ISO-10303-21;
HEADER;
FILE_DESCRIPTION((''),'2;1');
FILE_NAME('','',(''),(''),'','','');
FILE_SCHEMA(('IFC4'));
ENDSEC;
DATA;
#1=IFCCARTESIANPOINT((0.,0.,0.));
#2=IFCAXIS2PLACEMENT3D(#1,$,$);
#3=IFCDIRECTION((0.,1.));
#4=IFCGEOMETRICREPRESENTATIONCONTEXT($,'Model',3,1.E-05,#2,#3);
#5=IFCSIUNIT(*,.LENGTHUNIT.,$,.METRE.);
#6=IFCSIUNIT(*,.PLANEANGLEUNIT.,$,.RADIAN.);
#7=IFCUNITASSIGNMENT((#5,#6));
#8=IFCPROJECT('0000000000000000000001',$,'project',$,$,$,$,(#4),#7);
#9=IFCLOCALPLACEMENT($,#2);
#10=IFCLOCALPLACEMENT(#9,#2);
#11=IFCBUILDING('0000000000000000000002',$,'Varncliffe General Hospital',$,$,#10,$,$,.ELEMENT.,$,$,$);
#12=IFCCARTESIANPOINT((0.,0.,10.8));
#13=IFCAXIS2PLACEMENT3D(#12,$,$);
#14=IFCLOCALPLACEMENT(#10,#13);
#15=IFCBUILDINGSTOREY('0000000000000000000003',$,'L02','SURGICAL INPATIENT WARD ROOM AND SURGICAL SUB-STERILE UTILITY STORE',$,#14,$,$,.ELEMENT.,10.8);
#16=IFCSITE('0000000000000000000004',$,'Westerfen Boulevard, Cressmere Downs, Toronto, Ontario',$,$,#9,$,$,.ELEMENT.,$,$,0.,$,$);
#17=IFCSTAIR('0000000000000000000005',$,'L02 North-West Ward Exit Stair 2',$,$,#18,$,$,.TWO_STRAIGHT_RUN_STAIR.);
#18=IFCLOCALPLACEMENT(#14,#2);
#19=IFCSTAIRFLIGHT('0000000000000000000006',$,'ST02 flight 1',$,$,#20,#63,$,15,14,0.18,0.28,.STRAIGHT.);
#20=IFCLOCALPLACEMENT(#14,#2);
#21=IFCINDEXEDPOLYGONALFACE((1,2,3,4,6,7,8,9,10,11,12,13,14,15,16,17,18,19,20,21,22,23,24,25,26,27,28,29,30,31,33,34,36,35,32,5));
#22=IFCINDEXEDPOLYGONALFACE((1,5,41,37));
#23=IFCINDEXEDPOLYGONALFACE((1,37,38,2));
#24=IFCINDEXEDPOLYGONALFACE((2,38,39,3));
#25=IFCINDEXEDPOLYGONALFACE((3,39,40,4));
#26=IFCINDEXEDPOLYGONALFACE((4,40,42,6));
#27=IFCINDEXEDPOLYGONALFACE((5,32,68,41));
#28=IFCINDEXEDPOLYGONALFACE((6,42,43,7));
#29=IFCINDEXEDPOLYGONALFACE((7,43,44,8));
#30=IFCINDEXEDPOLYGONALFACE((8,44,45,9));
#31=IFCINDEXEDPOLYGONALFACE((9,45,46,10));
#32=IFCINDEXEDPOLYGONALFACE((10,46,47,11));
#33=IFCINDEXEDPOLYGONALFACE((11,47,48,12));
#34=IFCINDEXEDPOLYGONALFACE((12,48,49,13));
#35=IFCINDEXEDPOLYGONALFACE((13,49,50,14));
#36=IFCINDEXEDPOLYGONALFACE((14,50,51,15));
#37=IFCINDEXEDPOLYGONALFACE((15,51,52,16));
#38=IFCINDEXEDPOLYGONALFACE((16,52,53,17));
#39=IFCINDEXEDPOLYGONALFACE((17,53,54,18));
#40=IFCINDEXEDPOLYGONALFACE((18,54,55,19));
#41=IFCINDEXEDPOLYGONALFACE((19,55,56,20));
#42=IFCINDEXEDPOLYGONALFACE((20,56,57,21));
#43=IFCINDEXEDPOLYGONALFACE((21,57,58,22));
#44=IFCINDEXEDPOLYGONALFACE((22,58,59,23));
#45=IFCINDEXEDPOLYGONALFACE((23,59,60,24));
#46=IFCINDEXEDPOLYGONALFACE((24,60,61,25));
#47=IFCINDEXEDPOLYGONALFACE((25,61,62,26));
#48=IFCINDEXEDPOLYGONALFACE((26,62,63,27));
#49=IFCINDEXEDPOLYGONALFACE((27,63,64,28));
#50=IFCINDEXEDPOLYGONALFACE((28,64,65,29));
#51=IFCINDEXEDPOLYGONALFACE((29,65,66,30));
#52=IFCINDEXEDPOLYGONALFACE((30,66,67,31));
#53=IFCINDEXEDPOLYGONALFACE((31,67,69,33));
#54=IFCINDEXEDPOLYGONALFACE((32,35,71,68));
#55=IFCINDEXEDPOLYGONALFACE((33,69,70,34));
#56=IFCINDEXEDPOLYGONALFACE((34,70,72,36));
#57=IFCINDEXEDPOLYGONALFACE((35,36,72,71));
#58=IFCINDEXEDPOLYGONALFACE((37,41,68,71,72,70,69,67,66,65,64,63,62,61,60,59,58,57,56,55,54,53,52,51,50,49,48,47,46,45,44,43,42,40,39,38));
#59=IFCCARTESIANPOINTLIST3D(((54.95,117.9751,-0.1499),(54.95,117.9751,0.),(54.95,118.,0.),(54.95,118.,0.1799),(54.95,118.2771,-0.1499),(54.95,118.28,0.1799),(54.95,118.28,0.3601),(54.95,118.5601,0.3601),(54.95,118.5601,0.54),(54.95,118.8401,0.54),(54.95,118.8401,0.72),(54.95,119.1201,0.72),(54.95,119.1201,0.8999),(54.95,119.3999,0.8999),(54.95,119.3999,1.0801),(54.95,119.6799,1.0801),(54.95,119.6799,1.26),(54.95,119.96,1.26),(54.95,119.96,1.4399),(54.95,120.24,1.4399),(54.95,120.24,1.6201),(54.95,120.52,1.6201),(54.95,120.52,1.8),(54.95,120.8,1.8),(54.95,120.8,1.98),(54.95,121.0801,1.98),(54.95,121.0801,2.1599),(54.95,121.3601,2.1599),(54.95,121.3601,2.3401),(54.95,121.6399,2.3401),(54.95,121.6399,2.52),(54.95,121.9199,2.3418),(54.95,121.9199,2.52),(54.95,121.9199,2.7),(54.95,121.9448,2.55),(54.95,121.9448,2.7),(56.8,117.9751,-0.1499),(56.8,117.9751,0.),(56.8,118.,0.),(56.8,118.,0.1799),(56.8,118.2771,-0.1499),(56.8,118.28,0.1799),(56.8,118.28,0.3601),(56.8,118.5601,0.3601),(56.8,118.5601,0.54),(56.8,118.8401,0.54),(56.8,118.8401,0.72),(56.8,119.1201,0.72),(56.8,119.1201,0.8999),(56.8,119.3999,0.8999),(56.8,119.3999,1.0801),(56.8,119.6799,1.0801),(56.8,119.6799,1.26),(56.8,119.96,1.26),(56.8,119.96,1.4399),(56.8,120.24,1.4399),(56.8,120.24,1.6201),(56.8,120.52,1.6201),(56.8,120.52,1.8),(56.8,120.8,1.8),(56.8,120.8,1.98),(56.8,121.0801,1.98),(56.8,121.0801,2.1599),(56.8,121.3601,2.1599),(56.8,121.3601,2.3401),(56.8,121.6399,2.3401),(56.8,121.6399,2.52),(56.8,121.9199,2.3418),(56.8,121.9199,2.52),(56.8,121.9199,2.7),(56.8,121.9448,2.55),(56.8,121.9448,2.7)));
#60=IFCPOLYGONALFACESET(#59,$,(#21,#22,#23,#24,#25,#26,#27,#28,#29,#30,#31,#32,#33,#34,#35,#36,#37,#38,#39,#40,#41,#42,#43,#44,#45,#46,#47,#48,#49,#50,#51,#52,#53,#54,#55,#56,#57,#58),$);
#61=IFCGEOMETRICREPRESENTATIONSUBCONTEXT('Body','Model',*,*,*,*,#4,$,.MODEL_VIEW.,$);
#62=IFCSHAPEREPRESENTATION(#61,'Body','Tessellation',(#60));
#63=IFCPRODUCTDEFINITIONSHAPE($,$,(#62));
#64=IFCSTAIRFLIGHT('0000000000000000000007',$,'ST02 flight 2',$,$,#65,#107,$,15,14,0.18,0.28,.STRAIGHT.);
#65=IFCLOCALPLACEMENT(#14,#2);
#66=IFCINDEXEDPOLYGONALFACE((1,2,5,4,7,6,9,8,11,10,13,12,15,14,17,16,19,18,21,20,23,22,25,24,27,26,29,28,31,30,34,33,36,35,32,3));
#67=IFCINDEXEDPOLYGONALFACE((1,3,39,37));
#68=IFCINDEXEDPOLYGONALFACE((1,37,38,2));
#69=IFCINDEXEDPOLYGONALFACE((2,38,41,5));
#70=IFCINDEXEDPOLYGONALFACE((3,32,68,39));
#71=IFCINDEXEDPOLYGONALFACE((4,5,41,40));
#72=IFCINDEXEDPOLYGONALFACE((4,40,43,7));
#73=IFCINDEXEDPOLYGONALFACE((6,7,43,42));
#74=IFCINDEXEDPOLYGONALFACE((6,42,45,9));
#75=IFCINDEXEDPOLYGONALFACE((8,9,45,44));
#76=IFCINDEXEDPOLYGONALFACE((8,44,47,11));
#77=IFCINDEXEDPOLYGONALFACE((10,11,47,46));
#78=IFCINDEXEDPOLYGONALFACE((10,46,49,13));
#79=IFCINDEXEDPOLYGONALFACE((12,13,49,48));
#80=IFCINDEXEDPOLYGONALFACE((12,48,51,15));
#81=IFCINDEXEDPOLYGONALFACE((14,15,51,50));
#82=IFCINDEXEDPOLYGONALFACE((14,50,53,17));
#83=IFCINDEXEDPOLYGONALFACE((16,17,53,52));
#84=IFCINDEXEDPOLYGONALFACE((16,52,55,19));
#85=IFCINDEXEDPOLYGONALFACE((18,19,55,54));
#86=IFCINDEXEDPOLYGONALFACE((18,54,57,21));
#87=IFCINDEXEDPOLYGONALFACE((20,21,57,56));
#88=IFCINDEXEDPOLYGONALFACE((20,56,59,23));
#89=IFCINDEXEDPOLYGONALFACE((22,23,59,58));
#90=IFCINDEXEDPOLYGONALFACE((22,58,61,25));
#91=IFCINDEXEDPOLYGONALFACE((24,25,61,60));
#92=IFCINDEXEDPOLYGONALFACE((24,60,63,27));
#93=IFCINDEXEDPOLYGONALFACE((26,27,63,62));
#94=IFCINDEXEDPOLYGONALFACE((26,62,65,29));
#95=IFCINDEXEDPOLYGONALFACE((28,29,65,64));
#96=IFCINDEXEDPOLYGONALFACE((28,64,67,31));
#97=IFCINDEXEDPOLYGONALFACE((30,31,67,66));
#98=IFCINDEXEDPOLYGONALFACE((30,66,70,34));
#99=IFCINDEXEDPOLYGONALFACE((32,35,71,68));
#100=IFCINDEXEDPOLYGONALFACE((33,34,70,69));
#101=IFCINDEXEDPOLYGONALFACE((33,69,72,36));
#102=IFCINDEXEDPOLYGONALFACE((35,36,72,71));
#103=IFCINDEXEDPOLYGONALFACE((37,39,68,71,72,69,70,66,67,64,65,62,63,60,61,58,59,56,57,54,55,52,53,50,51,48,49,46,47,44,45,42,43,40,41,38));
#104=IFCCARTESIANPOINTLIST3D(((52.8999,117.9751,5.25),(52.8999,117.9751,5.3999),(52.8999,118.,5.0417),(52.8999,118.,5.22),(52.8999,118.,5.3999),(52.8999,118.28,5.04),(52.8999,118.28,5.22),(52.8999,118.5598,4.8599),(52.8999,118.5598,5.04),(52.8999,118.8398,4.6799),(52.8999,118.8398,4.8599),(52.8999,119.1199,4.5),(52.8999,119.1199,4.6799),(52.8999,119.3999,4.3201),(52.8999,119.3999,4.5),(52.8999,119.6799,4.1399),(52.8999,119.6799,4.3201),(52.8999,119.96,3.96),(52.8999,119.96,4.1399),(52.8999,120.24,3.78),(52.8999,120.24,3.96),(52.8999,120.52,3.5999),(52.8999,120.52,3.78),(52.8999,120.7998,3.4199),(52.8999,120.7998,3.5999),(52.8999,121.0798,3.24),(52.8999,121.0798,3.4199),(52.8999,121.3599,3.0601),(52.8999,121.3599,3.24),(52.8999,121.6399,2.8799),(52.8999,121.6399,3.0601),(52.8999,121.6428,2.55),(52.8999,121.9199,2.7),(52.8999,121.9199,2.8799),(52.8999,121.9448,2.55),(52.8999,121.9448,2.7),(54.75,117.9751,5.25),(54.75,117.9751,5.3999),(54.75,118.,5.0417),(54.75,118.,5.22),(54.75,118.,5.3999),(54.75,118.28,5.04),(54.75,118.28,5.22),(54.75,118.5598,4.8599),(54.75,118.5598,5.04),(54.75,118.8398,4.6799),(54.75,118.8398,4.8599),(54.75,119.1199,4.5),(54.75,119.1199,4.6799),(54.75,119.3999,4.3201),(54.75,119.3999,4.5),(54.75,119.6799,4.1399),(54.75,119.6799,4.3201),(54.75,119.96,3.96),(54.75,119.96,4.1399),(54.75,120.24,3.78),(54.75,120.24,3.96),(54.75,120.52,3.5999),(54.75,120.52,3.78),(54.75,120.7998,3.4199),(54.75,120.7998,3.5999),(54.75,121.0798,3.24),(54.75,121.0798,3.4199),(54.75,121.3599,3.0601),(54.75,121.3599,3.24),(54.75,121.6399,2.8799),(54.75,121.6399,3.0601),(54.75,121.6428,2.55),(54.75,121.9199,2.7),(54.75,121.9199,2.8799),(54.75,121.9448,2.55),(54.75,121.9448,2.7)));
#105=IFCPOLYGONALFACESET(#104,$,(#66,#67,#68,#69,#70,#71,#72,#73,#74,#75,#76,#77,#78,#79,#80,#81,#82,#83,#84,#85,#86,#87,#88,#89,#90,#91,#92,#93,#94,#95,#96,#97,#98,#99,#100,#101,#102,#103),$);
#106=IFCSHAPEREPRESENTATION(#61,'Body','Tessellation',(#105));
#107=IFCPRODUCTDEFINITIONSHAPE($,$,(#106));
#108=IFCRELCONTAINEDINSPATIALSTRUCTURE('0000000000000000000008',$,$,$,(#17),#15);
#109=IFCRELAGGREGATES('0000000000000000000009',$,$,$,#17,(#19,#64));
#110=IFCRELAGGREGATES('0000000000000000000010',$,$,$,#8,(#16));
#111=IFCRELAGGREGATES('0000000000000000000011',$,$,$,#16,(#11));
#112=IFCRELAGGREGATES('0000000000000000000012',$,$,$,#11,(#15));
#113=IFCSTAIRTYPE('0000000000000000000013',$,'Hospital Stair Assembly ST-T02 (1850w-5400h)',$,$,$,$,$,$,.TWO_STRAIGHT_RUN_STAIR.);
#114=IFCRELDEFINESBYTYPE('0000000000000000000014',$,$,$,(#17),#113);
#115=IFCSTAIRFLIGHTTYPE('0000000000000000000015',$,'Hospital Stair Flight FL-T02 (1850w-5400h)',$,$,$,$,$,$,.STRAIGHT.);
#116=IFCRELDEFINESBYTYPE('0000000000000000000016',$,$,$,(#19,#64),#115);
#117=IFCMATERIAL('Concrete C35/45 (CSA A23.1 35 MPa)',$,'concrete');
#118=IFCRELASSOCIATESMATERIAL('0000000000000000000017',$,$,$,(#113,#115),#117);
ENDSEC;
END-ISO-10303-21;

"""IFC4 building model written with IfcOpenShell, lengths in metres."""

from ifc_helpers import new_model, si_unit, direction, frame, origin, place, context, subcontext, project, spatial, polyline, outline, extrude, material, type_object, element, aggregate, save


model = new_model("IFC4")

# Units and contexts
model_context = context("Model", 3, precision=1e-05, world=origin(), true_north=direction((0.0, 1.0)))
body_context = subcontext(model_context, "Body", "Model", "MODEL_VIEW")
ifc_project = project(units=[si_unit("LENGTHUNIT", "METRE"), si_unit("PLANEANGLEUNIT", "RADIAN")], contexts=[model_context])

# Site, building, storey
site_placement = place(None, origin())
site = spatial("IfcSite", under=ifc_project, at=site_placement, Name="Westerfen Boulevard, Cressmere Downs, Toronto, Ontario", CompositionType="ELEMENT", RefElevation=0.0)
building_placement = place(site_placement, origin())
building = spatial("IfcBuilding", under=site, at=building_placement, Name="Varncliffe General Hospital", CompositionType="ELEMENT")
storey_placement = place(building_placement, frame((0.0, 0.0, 10.8)))
storey = spatial("IfcBuildingStorey", under=building, at=storey_placement, Name="L02", Description="SURGICAL INPATIENT WARD ROOM AND SURGICAL SUB-STERILE UTILITY STORE", CompositionType="ELEMENT", Elevation=10.8)

# Shared definitions
ifc_material_1 = material(Name="Concrete C35/45 (CSA A23.1 35 MPa)", Category="concrete")

# Stair, stair flights
stair_type = type_object("IfcStairType", Name="Hospital Stair Assembly ST-T02 (1850w-5400h)", PredefinedType="TWO_STRAIGHT_RUN_STAIR", material=ifc_material_1)
stair_placement = place(storey_placement, origin())
stair = element("IfcStair", 1, at=stair_placement, inside=storey, type_object=stair_type, Name="L02 North-West Ward Exit Stair 2", PredefinedType="TWO_STRAIGHT_RUN_STAIR")
stair_flight_type = type_object("IfcStairFlightType", Name="Hospital Stair Flight FL-T02 (1850w-5400h)", PredefinedType="STRAIGHT", material=ifc_material_1)
stair_flight_1_placement = place(storey_placement, frame((55.875, 118.0, 0.0), z_axis=(0.0, 0.0, 1.0), x_axis=(0.0, 1.0, 0.0)))
stair_flight_1 = element("IfcStairFlight", 2, at=stair_flight_1_placement, type_object=stair_flight_type, Name="ST02 flight 1", NumberOfRisers=15, NumberOfTreads=14, PredefinedType="STRAIGHT", RiserHeight=0.18, TreadLength=0.28, context=body_context, shape_type="SweptSolid", body=[
    extrude(outline(polyline([(-0.0249, -0.1499), (-0.0249, 0.0), (0.0, 0.0), (0.0, 0.1799), (0.28, 0.1799), (0.28, 0.3601), (0.5601, 0.3601), (0.5601, 0.54), (0.8401, 0.54), (0.8401, 0.72), (1.1201, 0.72), (1.1201, 0.8999), (1.3999, 0.8999), (1.3999, 1.0801), (1.6799, 1.0801), (1.6799, 1.26), (1.96, 1.26), (1.96, 1.4399), (2.24, 1.4399), (2.24, 1.6201), (2.52, 1.6201), (2.52, 1.8), (2.8, 1.8), (2.8, 1.98), (3.0801, 1.98), (3.0801, 2.1599), (3.3601, 2.1599), (3.3601, 2.3401), (3.6399, 2.3401), (3.6399, 2.52), (3.9199, 2.52), (3.9199, 2.7), (3.9448, 2.7), (3.9448, 2.55), (3.9199, 2.3418), (0.2771, -0.1499), (-0.0249, -0.1499)])), frame((0.0, 0.925, 0.0), z_axis=(0.0, -1.0, 0.0), x_axis=(1.0, 0.0, 0.0)), (0.0, 0.0, 1.0), 1.8501),
])
stair_flight_2_placement = place(storey_placement, frame((53.825, 121.9199, 2.7), z_axis=(0.0, 0.0, 1.0), x_axis=(0.0, -1.0, 0.0)))
stair_flight_2 = element("IfcStairFlight", 3, at=stair_flight_2_placement, type_object=stair_flight_type, Name="ST02 flight 2", NumberOfRisers=15, NumberOfTreads=14, PredefinedType="STRAIGHT", RiserHeight=0.18, TreadLength=0.28, context=body_context, shape_type="SweptSolid", body=[
    extrude(outline(polyline([(-0.0249, -0.1499), (-0.0249, 0.0), (0.0, 0.0), (0.0, 0.1799), (0.28, 0.1799), (0.28, 0.3601), (0.5601, 0.3601), (0.5601, 0.54), (0.8401, 0.54), (0.8401, 0.72), (1.1201, 0.72), (1.1201, 0.8999), (1.3999, 0.8999), (1.3999, 1.0801), (1.6799, 1.0801), (1.6799, 1.26), (1.96, 1.26), (1.96, 1.4399), (2.24, 1.4399), (2.24, 1.6201), (2.52, 1.6201), (2.52, 1.8), (2.8, 1.8), (2.8, 1.98), (3.0801, 1.98), (3.0801, 2.1599), (3.3601, 2.1599), (3.3601, 2.3401), (3.6399, 2.3401), (3.6399, 2.52), (3.9199, 2.52), (3.9199, 2.7), (3.9448, 2.7), (3.9448, 2.55), (3.9199, 2.3418), (0.2771, -0.1499), (-0.0249, -0.1499)])), frame((0.0, 0.925, 0.0), z_axis=(0.0, -1.0, 0.0), x_axis=(1.0, 0.0, 0.0)), (0.0, 0.0, 1.0), 1.8501),
])
aggregate(stair, [stair_flight_1, stair_flight_2])

save(model, "model.ifc")
